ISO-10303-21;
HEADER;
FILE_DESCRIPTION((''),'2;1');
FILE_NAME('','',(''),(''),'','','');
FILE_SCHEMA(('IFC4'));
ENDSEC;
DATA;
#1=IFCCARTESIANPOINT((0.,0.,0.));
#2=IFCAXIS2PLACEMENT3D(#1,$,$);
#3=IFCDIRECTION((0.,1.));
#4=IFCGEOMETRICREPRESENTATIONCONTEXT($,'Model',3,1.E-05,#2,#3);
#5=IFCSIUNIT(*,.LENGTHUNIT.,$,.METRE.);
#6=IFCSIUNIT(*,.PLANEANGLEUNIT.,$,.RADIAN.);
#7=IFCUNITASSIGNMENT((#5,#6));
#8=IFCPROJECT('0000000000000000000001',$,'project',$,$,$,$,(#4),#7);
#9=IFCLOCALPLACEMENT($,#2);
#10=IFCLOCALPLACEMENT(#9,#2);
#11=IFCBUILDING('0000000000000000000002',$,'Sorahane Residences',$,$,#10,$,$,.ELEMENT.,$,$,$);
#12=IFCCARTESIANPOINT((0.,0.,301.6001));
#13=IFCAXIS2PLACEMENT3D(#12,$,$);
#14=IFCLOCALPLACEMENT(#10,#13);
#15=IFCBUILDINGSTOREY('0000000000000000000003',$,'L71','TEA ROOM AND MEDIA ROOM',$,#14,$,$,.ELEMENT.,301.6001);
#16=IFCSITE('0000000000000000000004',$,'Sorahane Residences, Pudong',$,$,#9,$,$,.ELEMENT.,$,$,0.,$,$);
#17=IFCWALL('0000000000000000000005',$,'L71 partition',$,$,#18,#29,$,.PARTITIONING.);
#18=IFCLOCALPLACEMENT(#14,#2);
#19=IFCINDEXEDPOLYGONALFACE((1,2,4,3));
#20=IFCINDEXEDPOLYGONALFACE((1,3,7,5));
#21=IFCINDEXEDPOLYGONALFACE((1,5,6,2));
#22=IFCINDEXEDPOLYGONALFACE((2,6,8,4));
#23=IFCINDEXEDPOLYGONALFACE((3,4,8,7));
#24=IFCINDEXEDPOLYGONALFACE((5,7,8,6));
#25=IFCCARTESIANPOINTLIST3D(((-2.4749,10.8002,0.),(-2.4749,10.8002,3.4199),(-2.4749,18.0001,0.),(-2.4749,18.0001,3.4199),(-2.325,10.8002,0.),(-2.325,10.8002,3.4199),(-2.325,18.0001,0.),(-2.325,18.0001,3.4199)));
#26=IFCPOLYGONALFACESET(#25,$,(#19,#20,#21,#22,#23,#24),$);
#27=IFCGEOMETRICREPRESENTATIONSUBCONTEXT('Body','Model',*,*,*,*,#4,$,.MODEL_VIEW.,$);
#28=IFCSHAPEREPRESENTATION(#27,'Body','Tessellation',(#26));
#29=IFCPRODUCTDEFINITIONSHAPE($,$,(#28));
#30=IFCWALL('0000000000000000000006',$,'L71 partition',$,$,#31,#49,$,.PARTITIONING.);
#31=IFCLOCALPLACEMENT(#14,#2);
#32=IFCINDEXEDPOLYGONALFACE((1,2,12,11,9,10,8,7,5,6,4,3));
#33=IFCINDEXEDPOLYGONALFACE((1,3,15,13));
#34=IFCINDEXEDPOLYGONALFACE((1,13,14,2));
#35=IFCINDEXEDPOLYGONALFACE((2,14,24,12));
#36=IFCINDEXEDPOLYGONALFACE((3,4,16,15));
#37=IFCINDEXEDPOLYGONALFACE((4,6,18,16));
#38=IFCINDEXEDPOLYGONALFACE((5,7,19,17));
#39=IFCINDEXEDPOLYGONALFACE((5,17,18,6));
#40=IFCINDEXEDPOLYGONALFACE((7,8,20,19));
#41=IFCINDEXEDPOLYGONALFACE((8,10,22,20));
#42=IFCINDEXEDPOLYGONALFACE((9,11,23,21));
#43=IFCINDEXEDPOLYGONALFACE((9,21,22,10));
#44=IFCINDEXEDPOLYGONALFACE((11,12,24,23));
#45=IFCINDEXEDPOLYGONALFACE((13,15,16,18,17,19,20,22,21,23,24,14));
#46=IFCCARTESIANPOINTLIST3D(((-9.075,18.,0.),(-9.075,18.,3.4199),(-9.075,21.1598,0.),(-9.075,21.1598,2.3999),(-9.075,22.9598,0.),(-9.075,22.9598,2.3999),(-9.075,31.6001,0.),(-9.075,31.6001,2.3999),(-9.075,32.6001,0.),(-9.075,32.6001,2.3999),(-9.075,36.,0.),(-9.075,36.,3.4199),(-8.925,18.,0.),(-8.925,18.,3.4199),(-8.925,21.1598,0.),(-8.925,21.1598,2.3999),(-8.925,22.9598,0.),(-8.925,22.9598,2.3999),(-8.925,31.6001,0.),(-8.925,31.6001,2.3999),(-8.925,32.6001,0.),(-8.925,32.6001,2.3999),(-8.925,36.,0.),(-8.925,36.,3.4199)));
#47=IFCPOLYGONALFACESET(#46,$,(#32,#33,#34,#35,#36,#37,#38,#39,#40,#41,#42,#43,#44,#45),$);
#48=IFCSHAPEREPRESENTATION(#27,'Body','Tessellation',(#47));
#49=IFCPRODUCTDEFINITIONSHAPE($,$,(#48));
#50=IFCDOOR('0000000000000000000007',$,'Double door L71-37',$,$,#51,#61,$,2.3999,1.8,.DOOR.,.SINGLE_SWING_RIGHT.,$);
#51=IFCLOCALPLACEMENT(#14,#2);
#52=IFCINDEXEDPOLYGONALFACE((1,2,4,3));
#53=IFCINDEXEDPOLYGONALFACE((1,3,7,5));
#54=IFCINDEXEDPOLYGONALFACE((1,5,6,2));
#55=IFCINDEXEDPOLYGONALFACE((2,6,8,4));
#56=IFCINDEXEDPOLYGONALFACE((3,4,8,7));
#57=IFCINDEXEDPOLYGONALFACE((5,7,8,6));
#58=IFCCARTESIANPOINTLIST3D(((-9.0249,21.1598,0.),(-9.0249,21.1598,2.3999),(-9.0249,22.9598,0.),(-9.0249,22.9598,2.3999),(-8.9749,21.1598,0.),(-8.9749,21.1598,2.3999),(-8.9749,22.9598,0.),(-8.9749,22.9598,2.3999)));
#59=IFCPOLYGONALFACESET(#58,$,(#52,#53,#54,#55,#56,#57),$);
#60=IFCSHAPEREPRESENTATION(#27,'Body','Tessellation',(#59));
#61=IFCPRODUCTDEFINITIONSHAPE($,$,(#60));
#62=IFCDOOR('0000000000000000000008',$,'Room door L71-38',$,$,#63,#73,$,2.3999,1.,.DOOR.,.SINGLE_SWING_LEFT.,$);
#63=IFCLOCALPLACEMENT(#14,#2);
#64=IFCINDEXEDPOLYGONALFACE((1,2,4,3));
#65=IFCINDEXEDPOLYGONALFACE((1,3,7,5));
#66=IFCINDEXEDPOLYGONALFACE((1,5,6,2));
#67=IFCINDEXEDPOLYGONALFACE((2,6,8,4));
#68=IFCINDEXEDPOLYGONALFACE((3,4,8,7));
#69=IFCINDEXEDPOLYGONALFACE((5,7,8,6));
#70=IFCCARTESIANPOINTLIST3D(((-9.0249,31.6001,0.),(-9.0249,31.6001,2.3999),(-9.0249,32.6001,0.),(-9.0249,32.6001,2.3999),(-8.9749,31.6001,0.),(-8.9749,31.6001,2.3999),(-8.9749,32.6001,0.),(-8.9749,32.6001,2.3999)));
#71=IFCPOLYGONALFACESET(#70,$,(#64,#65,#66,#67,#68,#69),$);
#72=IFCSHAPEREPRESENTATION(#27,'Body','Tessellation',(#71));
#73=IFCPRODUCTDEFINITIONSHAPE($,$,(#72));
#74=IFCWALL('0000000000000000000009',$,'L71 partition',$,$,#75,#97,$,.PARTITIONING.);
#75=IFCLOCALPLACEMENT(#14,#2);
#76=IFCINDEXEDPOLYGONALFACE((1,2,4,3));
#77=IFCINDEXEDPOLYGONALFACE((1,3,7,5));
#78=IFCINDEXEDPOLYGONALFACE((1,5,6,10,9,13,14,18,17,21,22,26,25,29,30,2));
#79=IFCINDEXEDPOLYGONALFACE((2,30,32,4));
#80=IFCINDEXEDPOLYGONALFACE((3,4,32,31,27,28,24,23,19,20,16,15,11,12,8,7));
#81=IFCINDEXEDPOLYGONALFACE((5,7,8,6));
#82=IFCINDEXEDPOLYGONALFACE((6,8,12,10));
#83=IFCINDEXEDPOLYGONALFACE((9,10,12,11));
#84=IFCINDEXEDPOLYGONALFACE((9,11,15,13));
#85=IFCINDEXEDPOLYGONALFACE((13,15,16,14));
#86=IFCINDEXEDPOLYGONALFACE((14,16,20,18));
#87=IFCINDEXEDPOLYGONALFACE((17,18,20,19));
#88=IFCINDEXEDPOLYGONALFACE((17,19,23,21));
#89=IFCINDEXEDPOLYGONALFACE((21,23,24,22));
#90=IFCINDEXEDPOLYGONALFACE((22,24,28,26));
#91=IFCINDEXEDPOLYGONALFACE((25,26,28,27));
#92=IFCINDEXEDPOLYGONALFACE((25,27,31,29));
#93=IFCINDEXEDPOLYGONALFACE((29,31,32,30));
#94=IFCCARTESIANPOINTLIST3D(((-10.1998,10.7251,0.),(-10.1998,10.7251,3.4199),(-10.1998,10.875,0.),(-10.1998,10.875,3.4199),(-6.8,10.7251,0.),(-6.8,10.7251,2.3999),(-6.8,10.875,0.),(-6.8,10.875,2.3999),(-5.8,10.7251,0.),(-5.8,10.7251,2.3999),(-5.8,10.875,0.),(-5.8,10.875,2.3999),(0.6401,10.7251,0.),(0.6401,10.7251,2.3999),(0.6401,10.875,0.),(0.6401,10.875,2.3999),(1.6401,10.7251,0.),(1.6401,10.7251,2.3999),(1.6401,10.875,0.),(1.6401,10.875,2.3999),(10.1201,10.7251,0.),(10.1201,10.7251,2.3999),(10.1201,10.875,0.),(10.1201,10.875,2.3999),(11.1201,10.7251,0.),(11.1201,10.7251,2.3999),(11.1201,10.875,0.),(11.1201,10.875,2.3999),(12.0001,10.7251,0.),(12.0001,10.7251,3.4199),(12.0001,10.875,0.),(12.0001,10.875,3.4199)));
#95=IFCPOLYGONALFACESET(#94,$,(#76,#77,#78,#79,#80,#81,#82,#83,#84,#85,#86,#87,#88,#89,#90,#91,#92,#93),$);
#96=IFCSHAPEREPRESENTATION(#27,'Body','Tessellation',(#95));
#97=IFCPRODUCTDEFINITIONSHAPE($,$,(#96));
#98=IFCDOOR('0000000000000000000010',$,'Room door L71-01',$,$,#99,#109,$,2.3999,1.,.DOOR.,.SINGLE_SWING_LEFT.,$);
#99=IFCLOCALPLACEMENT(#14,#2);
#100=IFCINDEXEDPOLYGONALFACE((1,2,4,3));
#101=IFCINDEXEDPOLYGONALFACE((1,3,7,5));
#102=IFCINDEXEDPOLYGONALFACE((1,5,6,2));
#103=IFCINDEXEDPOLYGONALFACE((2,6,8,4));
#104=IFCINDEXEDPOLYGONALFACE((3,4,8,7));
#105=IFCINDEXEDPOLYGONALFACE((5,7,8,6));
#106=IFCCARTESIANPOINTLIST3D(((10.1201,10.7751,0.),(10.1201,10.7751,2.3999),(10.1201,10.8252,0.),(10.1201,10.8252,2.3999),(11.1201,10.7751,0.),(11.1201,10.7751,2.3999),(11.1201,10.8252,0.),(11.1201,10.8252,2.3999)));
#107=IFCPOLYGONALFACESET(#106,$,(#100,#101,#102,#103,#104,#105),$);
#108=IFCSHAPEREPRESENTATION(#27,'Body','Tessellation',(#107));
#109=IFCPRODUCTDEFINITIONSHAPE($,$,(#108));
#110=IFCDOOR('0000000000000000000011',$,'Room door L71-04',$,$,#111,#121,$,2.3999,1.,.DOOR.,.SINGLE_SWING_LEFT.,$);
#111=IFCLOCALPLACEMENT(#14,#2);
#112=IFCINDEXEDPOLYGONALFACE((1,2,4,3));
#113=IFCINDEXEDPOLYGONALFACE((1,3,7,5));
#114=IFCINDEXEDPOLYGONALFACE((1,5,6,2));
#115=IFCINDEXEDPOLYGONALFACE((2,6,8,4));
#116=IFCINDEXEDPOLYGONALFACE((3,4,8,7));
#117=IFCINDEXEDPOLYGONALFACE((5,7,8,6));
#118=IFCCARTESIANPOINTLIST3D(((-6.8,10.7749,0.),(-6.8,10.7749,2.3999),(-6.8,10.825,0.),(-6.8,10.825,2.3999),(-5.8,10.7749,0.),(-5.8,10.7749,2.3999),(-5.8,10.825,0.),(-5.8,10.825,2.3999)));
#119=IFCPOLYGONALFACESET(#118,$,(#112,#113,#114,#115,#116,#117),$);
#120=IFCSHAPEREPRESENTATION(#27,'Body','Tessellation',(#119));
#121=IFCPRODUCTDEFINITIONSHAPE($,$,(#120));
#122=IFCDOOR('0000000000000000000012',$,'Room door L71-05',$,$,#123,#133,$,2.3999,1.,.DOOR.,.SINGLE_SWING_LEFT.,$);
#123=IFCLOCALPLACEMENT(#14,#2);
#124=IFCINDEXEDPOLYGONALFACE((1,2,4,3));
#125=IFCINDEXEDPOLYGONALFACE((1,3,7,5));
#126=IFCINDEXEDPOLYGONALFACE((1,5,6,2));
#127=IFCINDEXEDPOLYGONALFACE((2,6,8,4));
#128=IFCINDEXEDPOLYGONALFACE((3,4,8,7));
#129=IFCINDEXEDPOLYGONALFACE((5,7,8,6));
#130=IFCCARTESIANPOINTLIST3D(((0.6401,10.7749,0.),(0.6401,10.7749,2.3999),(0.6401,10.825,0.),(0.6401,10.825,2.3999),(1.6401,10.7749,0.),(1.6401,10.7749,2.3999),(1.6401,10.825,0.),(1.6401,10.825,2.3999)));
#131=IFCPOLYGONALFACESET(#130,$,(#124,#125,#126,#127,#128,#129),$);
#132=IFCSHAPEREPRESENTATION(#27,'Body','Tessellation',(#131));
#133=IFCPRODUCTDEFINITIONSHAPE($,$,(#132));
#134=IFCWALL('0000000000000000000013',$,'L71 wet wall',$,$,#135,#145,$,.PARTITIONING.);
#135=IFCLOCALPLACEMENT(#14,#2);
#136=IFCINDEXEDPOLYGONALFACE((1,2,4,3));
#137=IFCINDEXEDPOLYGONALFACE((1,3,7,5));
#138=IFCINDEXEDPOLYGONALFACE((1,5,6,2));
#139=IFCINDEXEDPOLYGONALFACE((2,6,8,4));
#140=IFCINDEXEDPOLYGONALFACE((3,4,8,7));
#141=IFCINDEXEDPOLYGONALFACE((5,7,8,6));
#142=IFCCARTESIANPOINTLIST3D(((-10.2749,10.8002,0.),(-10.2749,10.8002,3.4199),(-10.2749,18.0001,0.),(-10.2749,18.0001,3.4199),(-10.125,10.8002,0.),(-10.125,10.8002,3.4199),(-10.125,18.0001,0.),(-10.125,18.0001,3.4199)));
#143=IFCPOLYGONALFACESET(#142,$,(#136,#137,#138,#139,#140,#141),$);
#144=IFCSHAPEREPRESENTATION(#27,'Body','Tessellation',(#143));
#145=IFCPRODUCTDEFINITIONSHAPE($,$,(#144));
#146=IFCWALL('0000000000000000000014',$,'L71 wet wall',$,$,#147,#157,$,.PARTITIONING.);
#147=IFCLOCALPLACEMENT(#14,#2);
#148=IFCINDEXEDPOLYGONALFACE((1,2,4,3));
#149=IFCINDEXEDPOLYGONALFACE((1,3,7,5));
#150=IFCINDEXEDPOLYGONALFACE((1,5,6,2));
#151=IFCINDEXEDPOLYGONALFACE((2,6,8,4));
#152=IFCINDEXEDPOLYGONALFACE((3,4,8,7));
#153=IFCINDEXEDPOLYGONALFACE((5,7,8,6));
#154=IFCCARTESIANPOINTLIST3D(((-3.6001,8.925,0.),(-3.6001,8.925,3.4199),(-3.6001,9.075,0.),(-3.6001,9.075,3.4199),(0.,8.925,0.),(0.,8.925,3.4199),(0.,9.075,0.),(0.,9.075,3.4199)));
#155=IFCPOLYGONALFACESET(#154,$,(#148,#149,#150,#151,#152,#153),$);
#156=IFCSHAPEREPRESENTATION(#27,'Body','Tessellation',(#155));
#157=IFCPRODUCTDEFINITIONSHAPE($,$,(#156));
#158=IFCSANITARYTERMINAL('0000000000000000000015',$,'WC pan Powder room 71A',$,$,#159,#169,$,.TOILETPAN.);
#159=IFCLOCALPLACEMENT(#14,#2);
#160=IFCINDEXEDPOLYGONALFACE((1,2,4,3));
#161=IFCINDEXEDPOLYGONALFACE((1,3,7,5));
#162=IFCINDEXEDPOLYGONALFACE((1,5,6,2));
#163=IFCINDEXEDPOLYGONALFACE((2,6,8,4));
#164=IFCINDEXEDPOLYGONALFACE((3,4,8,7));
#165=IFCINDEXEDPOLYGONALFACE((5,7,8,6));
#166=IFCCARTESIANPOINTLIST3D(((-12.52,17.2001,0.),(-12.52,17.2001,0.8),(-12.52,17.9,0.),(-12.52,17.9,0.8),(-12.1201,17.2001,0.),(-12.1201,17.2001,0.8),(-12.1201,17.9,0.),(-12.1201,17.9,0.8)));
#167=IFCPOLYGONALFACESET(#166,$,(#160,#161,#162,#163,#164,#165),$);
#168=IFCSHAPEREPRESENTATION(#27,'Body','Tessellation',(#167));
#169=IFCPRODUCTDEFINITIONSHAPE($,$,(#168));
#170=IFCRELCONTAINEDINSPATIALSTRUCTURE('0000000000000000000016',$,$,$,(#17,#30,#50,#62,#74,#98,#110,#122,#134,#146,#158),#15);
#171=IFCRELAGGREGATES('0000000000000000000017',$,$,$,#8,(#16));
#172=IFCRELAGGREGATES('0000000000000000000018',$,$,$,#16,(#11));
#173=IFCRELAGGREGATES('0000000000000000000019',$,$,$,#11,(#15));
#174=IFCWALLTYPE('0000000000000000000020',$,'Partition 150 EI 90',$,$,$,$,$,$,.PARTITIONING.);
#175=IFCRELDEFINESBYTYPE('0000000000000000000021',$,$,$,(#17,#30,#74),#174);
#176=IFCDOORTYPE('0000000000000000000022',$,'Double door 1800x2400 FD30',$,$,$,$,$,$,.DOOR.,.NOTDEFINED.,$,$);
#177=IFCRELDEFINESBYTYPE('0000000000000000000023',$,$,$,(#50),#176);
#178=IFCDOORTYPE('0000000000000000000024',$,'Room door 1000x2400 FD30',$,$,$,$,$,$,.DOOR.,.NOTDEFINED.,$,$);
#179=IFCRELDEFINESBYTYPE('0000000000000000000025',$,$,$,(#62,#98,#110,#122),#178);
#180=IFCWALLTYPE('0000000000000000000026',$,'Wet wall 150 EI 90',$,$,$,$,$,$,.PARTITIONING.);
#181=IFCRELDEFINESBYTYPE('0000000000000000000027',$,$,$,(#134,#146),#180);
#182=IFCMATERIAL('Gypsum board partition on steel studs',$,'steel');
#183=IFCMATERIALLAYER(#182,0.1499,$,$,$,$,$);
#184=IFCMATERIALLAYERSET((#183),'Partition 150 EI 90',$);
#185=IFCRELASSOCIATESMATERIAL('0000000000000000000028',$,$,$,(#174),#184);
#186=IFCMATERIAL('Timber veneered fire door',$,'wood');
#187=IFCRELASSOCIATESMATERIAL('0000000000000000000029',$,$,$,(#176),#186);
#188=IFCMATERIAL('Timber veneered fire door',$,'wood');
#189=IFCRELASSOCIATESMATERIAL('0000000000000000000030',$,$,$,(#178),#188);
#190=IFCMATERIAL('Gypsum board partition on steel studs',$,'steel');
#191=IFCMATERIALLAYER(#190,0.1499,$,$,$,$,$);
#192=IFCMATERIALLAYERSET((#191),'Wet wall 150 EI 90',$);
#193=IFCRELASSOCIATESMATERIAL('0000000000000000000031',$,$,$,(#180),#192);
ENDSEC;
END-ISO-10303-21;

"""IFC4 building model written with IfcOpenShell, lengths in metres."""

from ifc_helpers import new_model, si_unit, direction, frame, frame_2d, origin, origin_2d, place, context, subcontext, project, spatial, rectangle, extrude, material, layer, layer_set, type_object, element, fill, save


model = new_model("IFC4")

# Units and contexts
model_context = context("Model", 3, precision=1e-05, world=origin(), true_north=direction((0.0, 1.0)))
body_context = subcontext(model_context, "Body", "Model", "MODEL_VIEW")
ifc_project = project(units=[si_unit("LENGTHUNIT", "METRE"), si_unit("PLANEANGLEUNIT", "RADIAN")], contexts=[model_context])

# Site, building, storey
site_placement = place(None, origin())
site = spatial("IfcSite", under=ifc_project, at=site_placement, Name="Sorahane Residences, Pudong", CompositionType="ELEMENT", RefElevation=0.0)
building_placement = place(site_placement, origin())
building = spatial("IfcBuilding", under=site, at=building_placement, Name="Sorahane Residences", CompositionType="ELEMENT")
storey_placement = place(building_placement, frame((0.0, 0.0, 301.6001)))
storey = spatial("IfcBuildingStorey", under=building, at=storey_placement, Name="L71", Description="TEA ROOM AND MEDIA ROOM", CompositionType="ELEMENT", Elevation=301.6001)

# Shared definitions
ifc_material_1 = material(Name="Gypsum board partition on steel studs", Category="steel")
ifc_layer_1 = layer(ifc_material_1, 0.1499)
ifc_layer_set_1 = layer_set([ifc_layer_1], Name="Partition 150 EI 90")
wall_type_1 = type_object("IfcWallType", Name="Partition 150 EI 90", PredefinedType="PARTITIONING", material=ifc_layer_set_1)
ifc_material_2 = material(Name="Timber veneered fire door", Category="wood")
door_type_1 = type_object("IfcDoorType", Name="Double door 1800x2400 FD30", OperationType="NOTDEFINED", PredefinedType="DOOR", material=ifc_material_2)

# Wall
wall_1_placement = place(storey_placement, frame((-2.3999, 10.8, 0.0), z_axis=(0.0, 0.0, 1.0), x_axis=(0.0, 1.0, 0.0)))
element("IfcWall", 1, at=wall_1_placement, inside=storey, type_object=wall_type_1, Name="L71 partition", PredefinedType="PARTITIONING", context=body_context, shape_type="SweptSolid", body=[
    extrude(rectangle(XDim=7.2, YDim=0.1499, at=frame_2d((3.6001, 0.0))), origin(), (0.0, 0.0, 1.0), 3.4199),
])

# Walls, openings, doors
wall_2_placement = place(storey_placement, frame((-9.0, 18.0, 0.0), z_axis=(0.0, 0.0, 1.0), x_axis=(0.0, 1.0, 0.0)))
wall_2 = element("IfcWall", 2, at=wall_2_placement, inside=storey, type_object=wall_type_1, Name="L71 partition", PredefinedType="PARTITIONING", context=body_context, shape_type="SweptSolid", body=[
    extrude(rectangle(XDim=18.0, YDim=0.1499, at=frame_2d((9.0, 0.0))), origin(), (0.0, 0.0, 1.0), 3.4199),
])
opening_1_placement = place(wall_2_placement, frame((3.1599, 0.0, 0.0)))
opening_1 = element("IfcOpeningElement", 3, at=opening_1_placement, cuts=wall_2, PredefinedType="OPENING", context=body_context, shape_type="SweptSolid", body=[
    extrude(rectangle(XDim=1.8, YDim=2.3999, at=frame_2d((0.8999, 1.2))), frame((0.0, 0.085, 0.0), z_axis=(0.0, -1.0, 0.0), x_axis=(1.0, 0.0, 0.0)), (0.0, 0.0, 1.0), 0.1699),
])
opening_2_placement = place(wall_2_placement, frame((13.6001, 0.0, 0.0)))
opening_2 = element("IfcOpeningElement", 4, at=opening_2_placement, cuts=wall_2, PredefinedType="OPENING", context=body_context, shape_type="SweptSolid", body=[
    extrude(rectangle(XDim=1.0, YDim=2.3999, at=frame_2d((0.5, 1.2))), frame((0.0, 0.085, 0.0), z_axis=(0.0, -1.0, 0.0), x_axis=(1.0, 0.0, 0.0)), (0.0, 0.0, 1.0), 0.1699),
])
door_1_placement = place(opening_1_placement, origin())
door_1 = element("IfcDoor", 5, at=door_1_placement, inside=storey, type_object=door_type_1, Name="Double door L71-37", OperationType="SINGLE_SWING_RIGHT", OverallHeight=2.3999, OverallWidth=1.8, PredefinedType="DOOR", context=body_context, shape_type="SweptSolid", body=[
    extrude(rectangle(XDim=1.8, YDim=2.3999, at=frame_2d((0.8999, 1.2))), frame((0.0, 0.0249, 0.0), z_axis=(0.0, -1.0, 0.0), x_axis=(1.0, 0.0, 0.0)), (0.0, 0.0, 1.0), 0.05),
])
fill(opening_1, door_1)
ifc_material_3 = material(Name="Timber veneered fire door", Category="wood")
door_type_2 = type_object("IfcDoorType", Name="Room door 1000x2400 FD30", OperationType="NOTDEFINED", PredefinedType="DOOR", material=ifc_material_3)
door_2_placement = place(opening_2_placement, origin())
door_2 = element("IfcDoor", 6, at=door_2_placement, inside=storey, type_object=door_type_2, Name="Room door L71-38", OperationType="SINGLE_SWING_LEFT", OverallHeight=2.3999, OverallWidth=1.0, PredefinedType="DOOR", context=body_context, shape_type="SweptSolid", body=[
    extrude(rectangle(XDim=1.0, YDim=2.3999, at=frame_2d((0.5, 1.2))), frame((0.0, 0.0249, 0.0), z_axis=(0.0, -1.0, 0.0), x_axis=(1.0, 0.0, 0.0)), (0.0, 0.0, 1.0), 0.05),
])
fill(opening_2, door_2)
wall_3_placement = place(storey_placement, frame((-10.2, 10.8, 0.0), z_axis=(0.0, 0.0, 1.0), x_axis=(1.0, 0.0, 0.0)))
wall_3 = element("IfcWall", 7, at=wall_3_placement, inside=storey, type_object=wall_type_1, Name="L71 partition", PredefinedType="PARTITIONING", context=body_context, shape_type="SweptSolid", body=[
    extrude(rectangle(XDim=22.2, YDim=0.1499, at=frame_2d((11.1001, 0.0))), origin(), (0.0, 0.0, 1.0), 3.4199),
])
opening_3_placement = place(wall_3_placement, frame((20.3201, 0.0, 0.0)))
opening_3 = element("IfcOpeningElement", 8, at=opening_3_placement, cuts=wall_3, PredefinedType="OPENING", context=body_context, shape_type="SweptSolid", body=[
    extrude(rectangle(XDim=1.0, YDim=2.3999, at=frame_2d((0.5, 1.2))), frame((0.0, 0.085, 0.0), z_axis=(0.0, -1.0, 0.0), x_axis=(1.0, 0.0, 0.0)), (0.0, 0.0, 1.0), 0.1699),
])
opening_4_placement = place(wall_3_placement, frame((3.3999, 0.0, 0.0)))
opening_4 = element("IfcOpeningElement", 9, at=opening_4_placement, cuts=wall_3, PredefinedType="OPENING", context=body_context, shape_type="SweptSolid", body=[
    extrude(rectangle(XDim=1.0, YDim=2.3999, at=frame_2d((0.5, 1.2))), frame((0.0, 0.085, 0.0), z_axis=(0.0, -1.0, 0.0), x_axis=(1.0, 0.0, 0.0)), (0.0, 0.0, 1.0), 0.1699),
])
opening_5_placement = place(wall_3_placement, frame((10.8401, 0.0, 0.0)))
opening_5 = element("IfcOpeningElement", 10, at=opening_5_placement, cuts=wall_3, PredefinedType="OPENING", context=body_context, shape_type="SweptSolid", body=[
    extrude(rectangle(XDim=1.0, YDim=2.3999, at=frame_2d((0.5, 1.2))), frame((0.0, 0.085, 0.0), z_axis=(0.0, -1.0, 0.0), x_axis=(1.0, 0.0, 0.0)), (0.0, 0.0, 1.0), 0.1699),
])
door_3_placement = place(opening_3_placement, frame((1.0, 0.0, 0.0), z_axis=(0.0, 0.0, 1.0), x_axis=(-1.0, 0.0, 0.0)))
door_3 = element("IfcDoor", 11, at=door_3_placement, inside=storey, type_object=door_type_2, Name="Room door L71-01", OperationType="SINGLE_SWING_LEFT", OverallHeight=2.3999, OverallWidth=1.0, PredefinedType="DOOR", context=body_context, shape_type="SweptSolid", body=[
    extrude(rectangle(XDim=1.0, YDim=2.3999, at=frame_2d((0.5, 1.2))), frame((0.0, 0.0249, 0.0), z_axis=(0.0, -1.0, 0.0), x_axis=(1.0, 0.0, 0.0)), (0.0, 0.0, 1.0), 0.05),
])
fill(opening_3, door_3)
door_4_placement = place(opening_4_placement, origin())
door_4 = element("IfcDoor", 12, at=door_4_placement, inside=storey, type_object=door_type_2, Name="Room door L71-04", OperationType="SINGLE_SWING_LEFT", OverallHeight=2.3999, OverallWidth=1.0, PredefinedType="DOOR", context=body_context, shape_type="SweptSolid", body=[
    extrude(rectangle(XDim=1.0, YDim=2.3999, at=frame_2d((0.5, 1.2))), frame((0.0, 0.0249, 0.0), z_axis=(0.0, -1.0, 0.0), x_axis=(1.0, 0.0, 0.0)), (0.0, 0.0, 1.0), 0.05),
])
fill(opening_4, door_4)
door_5_placement = place(opening_5_placement, origin())
door_5 = element("IfcDoor", 13, at=door_5_placement, inside=storey, type_object=door_type_2, Name="Room door L71-05", OperationType="SINGLE_SWING_LEFT", OverallHeight=2.3999, OverallWidth=1.0, PredefinedType="DOOR", context=body_context, shape_type="SweptSolid", body=[
    extrude(rectangle(XDim=1.0, YDim=2.3999, at=frame_2d((0.5, 1.2))), frame((0.0, 0.0249, 0.0), z_axis=(0.0, -1.0, 0.0), x_axis=(1.0, 0.0, 0.0)), (0.0, 0.0, 1.0), 0.05),
])
fill(opening_5, door_5)

# Wall
ifc_material_4 = material(Name="Gypsum board partition on steel studs", Category="steel")
ifc_layer_2 = layer(ifc_material_4, 0.1499)
ifc_layer_set_2 = layer_set([ifc_layer_2], Name="Wet wall 150 EI 90")
wall_type_2 = type_object("IfcWallType", Name="Wet wall 150 EI 90", PredefinedType="PARTITIONING", material=ifc_layer_set_2)
wall_4_placement = place(storey_placement, frame((-10.2, 10.8, 0.0), z_axis=(0.0, 0.0, 1.0), x_axis=(0.0, 1.0, 0.0)))
element("IfcWall", 14, at=wall_4_placement, inside=storey, type_object=wall_type_2, Name="L71 wet wall", PredefinedType="PARTITIONING", context=body_context, shape_type="SweptSolid", body=[
    extrude(rectangle(XDim=7.2, YDim=0.1499, at=frame_2d((3.6001, 0.0))), origin(), (0.0, 0.0, 1.0), 3.4199),
])

# Wall
wall_5_placement = place(storey_placement, frame((-3.6001, 9.0, 0.0), z_axis=(0.0, 0.0, 1.0), x_axis=(1.0, 0.0, 0.0)))
element("IfcWall", 15, at=wall_5_placement, inside=storey, type_object=wall_type_2, Name="L71 wet wall", PredefinedType="PARTITIONING", context=body_context, shape_type="SweptSolid", body=[
    extrude(rectangle(XDim=3.6001, YDim=0.1499, at=frame_2d((1.8, 0.0))), origin(), (0.0, 0.0, 1.0), 3.4199),
])

# Sanitary terminal
sanitary_terminal_1_placement = place(storey_placement, frame((-12.3201, 17.55, 0.0), z_axis=(0.0, 0.0, 1.0), x_axis=(1.0, 0.0, 0.0)))
element("IfcSanitaryTerminal", 16, at=sanitary_terminal_1_placement, inside=storey, Name="WC pan Powder room 71A", PredefinedType="TOILETPAN", context=body_context, shape_type="SweptSolid", body=[
    extrude(rectangle(XDim=0.3999, YDim=0.7, at=origin_2d()), origin(), (0.0, 0.0, 1.0), 0.8),
])

save(model, "model.ifc")
